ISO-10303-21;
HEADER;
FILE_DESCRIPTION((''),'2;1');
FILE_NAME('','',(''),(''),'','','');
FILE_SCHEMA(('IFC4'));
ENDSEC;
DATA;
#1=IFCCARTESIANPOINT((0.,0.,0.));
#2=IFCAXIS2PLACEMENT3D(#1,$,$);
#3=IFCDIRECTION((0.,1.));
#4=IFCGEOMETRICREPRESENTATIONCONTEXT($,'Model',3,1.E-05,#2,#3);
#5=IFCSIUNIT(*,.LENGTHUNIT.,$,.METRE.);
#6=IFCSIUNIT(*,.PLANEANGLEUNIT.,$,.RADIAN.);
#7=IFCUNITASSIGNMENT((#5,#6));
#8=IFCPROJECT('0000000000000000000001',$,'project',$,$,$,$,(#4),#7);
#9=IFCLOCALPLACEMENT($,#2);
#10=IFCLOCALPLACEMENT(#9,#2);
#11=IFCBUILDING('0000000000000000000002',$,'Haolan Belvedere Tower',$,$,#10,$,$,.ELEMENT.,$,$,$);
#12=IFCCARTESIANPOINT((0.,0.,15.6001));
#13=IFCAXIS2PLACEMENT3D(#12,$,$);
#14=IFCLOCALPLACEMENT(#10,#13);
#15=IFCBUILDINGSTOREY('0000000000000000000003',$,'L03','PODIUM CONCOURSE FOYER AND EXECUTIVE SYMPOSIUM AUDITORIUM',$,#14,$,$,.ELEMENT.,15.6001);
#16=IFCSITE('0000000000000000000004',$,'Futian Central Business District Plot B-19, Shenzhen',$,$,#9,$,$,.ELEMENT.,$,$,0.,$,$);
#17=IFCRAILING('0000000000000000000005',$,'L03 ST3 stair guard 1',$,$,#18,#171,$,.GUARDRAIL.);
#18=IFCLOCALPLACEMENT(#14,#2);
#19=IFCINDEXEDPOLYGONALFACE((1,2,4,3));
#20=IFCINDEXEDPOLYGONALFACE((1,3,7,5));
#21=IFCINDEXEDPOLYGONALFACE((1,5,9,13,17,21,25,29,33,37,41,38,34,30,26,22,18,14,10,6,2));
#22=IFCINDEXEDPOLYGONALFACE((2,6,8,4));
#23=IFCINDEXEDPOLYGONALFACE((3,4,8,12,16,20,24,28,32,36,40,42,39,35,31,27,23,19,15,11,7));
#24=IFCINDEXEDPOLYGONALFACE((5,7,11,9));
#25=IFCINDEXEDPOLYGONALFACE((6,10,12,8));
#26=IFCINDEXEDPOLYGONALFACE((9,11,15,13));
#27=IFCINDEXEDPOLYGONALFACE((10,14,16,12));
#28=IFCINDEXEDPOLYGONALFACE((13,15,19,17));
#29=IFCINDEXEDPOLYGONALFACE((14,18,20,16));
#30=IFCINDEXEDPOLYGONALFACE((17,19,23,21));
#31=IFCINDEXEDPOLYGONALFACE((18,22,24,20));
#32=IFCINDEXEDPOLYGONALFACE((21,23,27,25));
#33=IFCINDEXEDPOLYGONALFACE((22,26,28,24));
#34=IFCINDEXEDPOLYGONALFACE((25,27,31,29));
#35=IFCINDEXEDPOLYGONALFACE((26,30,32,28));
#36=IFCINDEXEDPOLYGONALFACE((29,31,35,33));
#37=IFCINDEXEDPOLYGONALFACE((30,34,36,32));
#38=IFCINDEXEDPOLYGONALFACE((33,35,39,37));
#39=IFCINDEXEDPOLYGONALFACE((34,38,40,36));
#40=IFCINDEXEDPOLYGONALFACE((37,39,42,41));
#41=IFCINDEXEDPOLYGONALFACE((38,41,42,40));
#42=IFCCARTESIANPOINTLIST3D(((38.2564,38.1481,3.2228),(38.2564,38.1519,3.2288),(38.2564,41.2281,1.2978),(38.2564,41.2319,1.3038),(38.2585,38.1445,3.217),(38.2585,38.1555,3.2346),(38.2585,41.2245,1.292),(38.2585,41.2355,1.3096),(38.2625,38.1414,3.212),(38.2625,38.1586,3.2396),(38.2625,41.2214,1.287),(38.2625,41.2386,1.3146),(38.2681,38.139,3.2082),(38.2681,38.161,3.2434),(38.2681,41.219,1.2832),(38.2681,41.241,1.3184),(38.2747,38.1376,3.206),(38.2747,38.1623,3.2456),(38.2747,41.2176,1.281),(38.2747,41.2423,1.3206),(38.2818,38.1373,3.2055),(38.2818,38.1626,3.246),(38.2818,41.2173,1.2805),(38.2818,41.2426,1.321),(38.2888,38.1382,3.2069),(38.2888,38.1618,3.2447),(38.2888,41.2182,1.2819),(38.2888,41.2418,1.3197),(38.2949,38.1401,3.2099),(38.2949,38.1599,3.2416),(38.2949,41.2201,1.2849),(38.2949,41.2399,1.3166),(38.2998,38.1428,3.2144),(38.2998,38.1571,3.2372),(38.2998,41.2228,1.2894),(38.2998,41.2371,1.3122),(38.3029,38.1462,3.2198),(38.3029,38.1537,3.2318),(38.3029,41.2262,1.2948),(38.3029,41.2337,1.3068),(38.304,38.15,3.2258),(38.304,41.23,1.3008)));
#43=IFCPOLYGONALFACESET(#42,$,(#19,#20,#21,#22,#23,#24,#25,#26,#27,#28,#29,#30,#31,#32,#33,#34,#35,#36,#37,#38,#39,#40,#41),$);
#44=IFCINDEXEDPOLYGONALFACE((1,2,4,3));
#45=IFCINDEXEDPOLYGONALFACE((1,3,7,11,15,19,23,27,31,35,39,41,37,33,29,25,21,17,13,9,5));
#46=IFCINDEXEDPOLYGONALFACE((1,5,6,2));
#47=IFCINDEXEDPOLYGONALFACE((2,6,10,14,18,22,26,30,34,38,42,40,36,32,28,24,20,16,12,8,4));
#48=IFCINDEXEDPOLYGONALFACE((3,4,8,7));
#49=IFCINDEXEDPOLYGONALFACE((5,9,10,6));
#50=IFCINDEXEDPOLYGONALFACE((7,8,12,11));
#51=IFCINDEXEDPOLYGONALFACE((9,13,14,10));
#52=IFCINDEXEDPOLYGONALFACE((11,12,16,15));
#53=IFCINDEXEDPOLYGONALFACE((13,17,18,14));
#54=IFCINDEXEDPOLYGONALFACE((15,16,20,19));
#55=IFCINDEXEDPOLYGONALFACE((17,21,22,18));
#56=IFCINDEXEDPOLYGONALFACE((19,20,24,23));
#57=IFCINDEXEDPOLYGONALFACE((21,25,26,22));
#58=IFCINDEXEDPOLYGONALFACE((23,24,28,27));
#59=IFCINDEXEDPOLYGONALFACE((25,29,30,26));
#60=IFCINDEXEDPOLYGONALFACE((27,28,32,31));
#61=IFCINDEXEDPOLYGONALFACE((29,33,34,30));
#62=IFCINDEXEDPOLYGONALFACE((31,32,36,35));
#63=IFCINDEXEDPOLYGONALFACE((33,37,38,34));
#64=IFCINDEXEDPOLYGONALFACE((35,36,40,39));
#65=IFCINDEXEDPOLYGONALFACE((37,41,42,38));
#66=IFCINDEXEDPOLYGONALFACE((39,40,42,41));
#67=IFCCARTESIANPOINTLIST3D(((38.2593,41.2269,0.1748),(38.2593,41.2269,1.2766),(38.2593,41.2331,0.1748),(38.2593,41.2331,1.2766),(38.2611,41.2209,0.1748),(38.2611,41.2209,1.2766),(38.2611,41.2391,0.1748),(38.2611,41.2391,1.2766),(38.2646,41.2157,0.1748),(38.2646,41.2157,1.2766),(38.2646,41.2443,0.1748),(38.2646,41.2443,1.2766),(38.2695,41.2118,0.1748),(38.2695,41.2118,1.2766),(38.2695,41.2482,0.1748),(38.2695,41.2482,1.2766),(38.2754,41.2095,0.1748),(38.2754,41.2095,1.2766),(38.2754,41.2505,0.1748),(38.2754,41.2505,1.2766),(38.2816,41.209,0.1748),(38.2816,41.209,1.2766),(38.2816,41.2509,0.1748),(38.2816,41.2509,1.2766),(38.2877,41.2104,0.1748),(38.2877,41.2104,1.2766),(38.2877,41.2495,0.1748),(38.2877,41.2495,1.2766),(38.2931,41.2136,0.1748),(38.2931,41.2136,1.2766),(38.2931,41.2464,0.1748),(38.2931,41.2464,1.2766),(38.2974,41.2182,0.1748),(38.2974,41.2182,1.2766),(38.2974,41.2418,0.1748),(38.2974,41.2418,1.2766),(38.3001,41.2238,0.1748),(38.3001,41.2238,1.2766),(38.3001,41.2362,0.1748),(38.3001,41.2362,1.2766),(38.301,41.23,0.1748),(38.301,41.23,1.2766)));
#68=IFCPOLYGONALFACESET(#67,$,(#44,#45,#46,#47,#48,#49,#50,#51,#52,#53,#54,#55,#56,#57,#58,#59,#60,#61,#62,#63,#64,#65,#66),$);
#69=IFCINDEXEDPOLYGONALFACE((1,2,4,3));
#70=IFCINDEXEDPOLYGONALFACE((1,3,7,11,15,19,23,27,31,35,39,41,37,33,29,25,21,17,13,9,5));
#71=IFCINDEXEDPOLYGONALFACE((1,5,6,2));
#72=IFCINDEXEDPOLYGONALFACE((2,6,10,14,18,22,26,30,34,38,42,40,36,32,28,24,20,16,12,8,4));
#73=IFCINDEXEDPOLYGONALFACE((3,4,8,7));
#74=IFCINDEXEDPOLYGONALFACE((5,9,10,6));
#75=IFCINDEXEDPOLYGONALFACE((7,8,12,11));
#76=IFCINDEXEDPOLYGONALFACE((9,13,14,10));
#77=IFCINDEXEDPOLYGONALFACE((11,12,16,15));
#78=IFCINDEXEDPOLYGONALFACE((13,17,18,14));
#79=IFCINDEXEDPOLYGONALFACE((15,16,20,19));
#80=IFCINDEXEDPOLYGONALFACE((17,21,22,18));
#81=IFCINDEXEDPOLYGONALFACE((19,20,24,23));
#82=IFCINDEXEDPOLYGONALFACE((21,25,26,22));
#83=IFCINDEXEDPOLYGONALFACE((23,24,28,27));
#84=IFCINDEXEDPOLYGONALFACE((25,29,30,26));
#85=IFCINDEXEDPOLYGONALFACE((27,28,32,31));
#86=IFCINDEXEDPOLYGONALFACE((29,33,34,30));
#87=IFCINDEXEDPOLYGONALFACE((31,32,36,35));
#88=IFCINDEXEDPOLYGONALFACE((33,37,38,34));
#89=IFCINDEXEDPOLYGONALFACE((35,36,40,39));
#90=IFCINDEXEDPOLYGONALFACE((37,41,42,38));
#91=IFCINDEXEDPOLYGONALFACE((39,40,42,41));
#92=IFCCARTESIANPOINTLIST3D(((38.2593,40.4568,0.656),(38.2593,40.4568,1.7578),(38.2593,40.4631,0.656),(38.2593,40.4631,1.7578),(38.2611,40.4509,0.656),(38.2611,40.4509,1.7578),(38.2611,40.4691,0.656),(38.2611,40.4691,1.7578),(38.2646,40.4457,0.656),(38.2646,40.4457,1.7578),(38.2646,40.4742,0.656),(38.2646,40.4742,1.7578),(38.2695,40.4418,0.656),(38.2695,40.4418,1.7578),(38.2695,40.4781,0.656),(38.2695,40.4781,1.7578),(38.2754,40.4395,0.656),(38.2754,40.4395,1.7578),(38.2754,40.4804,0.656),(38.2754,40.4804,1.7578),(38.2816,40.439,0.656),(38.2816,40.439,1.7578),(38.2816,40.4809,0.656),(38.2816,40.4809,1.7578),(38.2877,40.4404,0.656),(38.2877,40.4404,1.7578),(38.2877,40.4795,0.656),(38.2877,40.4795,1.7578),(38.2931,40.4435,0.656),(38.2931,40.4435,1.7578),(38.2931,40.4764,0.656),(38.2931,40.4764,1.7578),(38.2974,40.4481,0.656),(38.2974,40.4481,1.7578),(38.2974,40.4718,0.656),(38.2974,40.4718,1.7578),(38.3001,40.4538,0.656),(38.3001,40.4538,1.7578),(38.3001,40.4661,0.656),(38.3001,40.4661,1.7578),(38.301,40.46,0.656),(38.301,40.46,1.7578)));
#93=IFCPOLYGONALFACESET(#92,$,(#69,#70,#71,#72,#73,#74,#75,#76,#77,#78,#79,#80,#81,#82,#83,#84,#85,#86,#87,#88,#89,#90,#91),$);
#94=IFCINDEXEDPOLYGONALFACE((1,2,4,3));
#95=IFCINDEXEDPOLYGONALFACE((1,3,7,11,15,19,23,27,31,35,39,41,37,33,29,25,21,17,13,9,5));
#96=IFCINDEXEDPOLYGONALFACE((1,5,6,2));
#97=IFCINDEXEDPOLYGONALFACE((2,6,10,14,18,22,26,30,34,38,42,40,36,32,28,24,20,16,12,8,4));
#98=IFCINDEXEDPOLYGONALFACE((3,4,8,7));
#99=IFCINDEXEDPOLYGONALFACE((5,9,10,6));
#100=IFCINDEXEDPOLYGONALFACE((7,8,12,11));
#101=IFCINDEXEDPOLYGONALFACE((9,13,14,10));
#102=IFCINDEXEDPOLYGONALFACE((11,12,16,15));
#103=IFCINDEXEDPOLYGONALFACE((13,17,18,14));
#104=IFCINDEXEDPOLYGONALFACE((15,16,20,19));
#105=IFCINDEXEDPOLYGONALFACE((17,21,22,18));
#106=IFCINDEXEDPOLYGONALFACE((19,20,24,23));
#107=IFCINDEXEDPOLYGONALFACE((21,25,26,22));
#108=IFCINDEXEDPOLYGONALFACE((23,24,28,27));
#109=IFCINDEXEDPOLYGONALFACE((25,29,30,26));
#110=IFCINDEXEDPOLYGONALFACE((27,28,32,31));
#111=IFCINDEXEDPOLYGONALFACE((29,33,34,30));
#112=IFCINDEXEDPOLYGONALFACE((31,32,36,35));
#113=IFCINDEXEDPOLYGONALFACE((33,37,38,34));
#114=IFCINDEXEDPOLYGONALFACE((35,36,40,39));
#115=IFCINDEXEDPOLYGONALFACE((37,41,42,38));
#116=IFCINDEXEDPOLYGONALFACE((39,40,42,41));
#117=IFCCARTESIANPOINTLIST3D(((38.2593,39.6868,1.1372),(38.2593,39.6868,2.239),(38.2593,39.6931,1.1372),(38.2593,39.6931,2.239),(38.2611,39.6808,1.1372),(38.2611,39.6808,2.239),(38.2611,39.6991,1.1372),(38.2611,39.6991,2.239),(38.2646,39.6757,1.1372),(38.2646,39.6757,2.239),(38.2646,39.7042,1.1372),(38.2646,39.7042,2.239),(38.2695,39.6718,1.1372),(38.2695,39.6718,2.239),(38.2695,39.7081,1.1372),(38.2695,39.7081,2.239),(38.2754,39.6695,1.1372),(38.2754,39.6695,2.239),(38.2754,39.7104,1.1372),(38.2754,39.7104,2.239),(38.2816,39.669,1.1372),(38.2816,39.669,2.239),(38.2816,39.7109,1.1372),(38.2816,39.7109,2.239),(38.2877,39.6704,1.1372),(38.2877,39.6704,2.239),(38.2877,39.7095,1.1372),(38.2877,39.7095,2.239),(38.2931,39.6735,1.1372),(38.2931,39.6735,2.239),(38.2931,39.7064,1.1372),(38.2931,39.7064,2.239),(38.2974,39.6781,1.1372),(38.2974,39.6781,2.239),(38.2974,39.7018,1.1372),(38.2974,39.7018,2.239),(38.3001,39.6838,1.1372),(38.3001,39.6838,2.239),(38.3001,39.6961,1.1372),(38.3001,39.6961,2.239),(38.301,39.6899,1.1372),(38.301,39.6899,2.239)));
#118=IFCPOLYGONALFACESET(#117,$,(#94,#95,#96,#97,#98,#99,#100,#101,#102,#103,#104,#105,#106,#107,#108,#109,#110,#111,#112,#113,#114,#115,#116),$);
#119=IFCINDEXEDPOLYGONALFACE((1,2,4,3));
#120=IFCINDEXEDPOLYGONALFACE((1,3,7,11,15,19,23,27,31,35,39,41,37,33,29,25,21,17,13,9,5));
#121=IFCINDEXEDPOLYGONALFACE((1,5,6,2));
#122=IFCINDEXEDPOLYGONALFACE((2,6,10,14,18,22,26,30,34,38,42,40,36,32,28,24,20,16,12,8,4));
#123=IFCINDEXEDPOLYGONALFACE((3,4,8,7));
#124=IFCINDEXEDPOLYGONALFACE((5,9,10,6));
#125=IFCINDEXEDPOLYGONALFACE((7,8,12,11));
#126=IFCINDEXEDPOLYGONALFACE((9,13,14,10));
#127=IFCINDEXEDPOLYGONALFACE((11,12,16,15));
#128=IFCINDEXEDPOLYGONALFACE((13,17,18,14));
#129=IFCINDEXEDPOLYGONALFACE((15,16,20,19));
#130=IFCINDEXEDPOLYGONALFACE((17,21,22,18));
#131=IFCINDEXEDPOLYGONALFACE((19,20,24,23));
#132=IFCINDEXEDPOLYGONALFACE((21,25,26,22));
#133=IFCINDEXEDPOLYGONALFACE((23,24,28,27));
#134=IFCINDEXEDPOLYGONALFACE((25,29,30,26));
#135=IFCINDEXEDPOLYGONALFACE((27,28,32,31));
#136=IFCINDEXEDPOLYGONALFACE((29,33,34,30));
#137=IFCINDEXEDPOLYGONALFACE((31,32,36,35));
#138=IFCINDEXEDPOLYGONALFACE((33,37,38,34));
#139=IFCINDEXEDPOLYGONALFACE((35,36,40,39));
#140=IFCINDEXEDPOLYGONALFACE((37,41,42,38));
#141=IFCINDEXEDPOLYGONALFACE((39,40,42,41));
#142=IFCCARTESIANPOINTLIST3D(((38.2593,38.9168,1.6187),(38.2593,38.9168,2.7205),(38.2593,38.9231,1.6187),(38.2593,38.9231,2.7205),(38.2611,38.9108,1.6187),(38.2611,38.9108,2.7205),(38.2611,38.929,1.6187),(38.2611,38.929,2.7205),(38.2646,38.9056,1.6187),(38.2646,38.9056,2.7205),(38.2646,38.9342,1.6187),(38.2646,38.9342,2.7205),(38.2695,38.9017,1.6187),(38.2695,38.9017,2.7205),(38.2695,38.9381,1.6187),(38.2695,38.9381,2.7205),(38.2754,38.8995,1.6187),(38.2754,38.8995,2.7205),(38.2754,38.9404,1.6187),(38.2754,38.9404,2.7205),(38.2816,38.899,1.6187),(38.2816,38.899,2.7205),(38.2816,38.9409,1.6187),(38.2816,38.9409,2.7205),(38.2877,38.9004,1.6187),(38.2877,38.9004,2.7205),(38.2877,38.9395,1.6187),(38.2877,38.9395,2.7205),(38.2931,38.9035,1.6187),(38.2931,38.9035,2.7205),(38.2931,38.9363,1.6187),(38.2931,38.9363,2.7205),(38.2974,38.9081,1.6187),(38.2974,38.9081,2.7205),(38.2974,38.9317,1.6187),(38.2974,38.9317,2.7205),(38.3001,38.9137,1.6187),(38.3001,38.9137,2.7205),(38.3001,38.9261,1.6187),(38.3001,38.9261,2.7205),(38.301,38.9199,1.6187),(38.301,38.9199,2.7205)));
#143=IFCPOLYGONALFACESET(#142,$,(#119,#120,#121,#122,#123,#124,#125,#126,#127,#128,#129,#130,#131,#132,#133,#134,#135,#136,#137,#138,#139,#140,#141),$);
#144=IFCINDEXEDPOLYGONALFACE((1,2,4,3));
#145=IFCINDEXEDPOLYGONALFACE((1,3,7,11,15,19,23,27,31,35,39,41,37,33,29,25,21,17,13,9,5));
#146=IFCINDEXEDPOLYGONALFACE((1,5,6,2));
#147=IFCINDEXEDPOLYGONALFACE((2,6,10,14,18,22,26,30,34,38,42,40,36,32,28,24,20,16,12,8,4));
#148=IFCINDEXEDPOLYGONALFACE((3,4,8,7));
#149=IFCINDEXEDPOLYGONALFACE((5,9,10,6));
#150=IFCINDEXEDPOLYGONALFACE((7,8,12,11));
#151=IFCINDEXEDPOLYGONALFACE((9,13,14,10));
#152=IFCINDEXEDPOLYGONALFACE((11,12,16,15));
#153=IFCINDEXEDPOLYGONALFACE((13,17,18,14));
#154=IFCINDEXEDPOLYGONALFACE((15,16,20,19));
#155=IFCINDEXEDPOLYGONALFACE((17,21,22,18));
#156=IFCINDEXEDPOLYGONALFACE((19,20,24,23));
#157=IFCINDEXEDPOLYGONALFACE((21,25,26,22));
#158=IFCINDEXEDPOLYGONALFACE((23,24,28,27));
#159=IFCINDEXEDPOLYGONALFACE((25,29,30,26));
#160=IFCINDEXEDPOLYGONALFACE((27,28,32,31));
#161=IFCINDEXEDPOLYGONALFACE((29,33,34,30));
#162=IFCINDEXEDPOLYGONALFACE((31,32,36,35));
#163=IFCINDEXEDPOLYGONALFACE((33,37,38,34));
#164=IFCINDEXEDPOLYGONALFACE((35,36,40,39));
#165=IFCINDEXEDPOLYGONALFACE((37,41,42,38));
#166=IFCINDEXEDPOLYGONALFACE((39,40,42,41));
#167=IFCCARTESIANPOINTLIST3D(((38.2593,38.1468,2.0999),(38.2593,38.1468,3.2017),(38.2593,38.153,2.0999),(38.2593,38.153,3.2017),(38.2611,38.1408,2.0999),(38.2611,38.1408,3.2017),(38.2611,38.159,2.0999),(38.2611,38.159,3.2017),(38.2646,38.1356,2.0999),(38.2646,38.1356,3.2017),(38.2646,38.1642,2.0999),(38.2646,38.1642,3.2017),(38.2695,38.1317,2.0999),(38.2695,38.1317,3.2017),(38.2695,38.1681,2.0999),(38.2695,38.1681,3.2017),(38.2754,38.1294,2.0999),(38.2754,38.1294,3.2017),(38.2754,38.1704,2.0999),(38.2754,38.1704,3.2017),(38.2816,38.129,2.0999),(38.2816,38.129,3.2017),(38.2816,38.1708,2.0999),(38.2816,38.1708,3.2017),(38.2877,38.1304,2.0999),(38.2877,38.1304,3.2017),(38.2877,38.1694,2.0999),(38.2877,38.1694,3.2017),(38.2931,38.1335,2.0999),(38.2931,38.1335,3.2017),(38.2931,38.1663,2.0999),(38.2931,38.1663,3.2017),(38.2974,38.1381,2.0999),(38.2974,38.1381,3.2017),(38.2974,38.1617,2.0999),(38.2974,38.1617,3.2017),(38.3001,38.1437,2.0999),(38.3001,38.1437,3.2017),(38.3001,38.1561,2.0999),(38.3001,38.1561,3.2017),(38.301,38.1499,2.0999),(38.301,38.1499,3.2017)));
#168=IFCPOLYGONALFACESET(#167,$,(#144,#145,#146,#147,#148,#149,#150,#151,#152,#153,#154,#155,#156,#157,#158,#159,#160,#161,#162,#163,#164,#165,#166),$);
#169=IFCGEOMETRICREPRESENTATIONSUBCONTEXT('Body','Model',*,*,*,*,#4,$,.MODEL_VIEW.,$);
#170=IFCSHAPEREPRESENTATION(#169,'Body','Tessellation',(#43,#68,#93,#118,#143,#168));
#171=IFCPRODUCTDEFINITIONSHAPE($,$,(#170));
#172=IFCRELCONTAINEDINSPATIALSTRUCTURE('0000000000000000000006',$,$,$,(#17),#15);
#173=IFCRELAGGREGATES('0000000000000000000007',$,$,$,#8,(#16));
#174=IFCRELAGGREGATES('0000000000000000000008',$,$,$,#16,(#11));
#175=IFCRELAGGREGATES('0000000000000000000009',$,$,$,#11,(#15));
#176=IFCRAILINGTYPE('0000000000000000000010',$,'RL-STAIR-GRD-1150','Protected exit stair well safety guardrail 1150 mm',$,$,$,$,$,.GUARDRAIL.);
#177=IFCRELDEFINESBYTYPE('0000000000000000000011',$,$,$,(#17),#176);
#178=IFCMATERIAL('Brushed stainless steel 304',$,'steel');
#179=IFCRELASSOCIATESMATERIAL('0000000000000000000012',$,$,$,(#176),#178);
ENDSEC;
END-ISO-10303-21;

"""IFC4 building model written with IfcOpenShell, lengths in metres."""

from ifc_helpers import new_model, si_unit, direction, frame, origin, origin_2d, place, context, subcontext, project, spatial, circle, extrude, material, type_object, element, save


model = new_model("IFC4")

# Units and contexts
model_context = context("Model", 3, precision=1e-05, world=origin(), true_north=direction((0.0, 1.0)))
body_context = subcontext(model_context, "Body", "Model", "MODEL_VIEW")
ifc_project = project(units=[si_unit("LENGTHUNIT", "METRE"), si_unit("PLANEANGLEUNIT", "RADIAN")], contexts=[model_context])

# Site, building, storey
site_placement = place(None, origin())
site = spatial("IfcSite", under=ifc_project, at=site_placement, Name="Futian Central Business District Plot B-19, Shenzhen", CompositionType="ELEMENT", RefElevation=0.0)
building_placement = place(site_placement, origin())
building = spatial("IfcBuilding", under=site, at=building_placement, Name="Haolan Belvedere Tower", CompositionType="ELEMENT")
storey_placement = place(building_placement, frame((0.0, 0.0, 15.6001)))
storey = spatial("IfcBuildingStorey", under=building, at=storey_placement, Name="L03", Description="PODIUM CONCOURSE FOYER AND EXECUTIVE SYMPOSIUM AUDITORIUM", CompositionType="ELEMENT", Elevation=15.6001)

# Railing
ifc_material_1 = material(Name="Brushed stainless steel 304", Category="steel")
railing_type_1 = type_object("IfcRailingType", Name="RL-STAIR-GRD-1150", Description="Protected exit stair well safety guardrail 1150 mm", PredefinedType="GUARDRAIL", material=ifc_material_1)
railing_1_placement = place(storey_placement, frame((38.28, 41.23, 0.1748)))
element("IfcRailing", 1, at=railing_1_placement, inside=storey, type_object=railing_type_1, Name="L03 ST3 stair guard 1", PredefinedType="GUARDRAIL", context=body_context, shape_type="SweptSolid", body=[
    extrude(circle(Radius=0.0239, at=origin_2d()), frame((0.0, 0.0, 1.126), z_axis=(0.0, -0.847998, 0.529999), x_axis=(1.0, 0.0, 0.0)), (0.0, 0.0, 1.0), 3.6321),
    extrude(circle(Radius=0.021, at=origin_2d()), origin(), (0.0, 0.0, 1.0), 1.1018),
    extrude(circle(Radius=0.021, at=origin_2d()), frame((0.0, -0.77, 0.4812)), (0.0, 0.0, 1.0), 1.1018),
    extrude(circle(Radius=0.021, at=origin_2d()), frame((0.0, -1.54, 0.9624)), (0.0, 0.0, 1.0), 1.1018),
    extrude(circle(Radius=0.021, at=origin_2d()), frame((0.0, -2.3101, 1.4438)), (0.0, 0.0, 1.0), 1.1018),
    extrude(circle(Radius=0.021, at=origin_2d()), frame((0.0, -3.0801, 1.925)), (0.0, 0.0, 1.0), 1.1018),
])

save(model, "model.ifc")
